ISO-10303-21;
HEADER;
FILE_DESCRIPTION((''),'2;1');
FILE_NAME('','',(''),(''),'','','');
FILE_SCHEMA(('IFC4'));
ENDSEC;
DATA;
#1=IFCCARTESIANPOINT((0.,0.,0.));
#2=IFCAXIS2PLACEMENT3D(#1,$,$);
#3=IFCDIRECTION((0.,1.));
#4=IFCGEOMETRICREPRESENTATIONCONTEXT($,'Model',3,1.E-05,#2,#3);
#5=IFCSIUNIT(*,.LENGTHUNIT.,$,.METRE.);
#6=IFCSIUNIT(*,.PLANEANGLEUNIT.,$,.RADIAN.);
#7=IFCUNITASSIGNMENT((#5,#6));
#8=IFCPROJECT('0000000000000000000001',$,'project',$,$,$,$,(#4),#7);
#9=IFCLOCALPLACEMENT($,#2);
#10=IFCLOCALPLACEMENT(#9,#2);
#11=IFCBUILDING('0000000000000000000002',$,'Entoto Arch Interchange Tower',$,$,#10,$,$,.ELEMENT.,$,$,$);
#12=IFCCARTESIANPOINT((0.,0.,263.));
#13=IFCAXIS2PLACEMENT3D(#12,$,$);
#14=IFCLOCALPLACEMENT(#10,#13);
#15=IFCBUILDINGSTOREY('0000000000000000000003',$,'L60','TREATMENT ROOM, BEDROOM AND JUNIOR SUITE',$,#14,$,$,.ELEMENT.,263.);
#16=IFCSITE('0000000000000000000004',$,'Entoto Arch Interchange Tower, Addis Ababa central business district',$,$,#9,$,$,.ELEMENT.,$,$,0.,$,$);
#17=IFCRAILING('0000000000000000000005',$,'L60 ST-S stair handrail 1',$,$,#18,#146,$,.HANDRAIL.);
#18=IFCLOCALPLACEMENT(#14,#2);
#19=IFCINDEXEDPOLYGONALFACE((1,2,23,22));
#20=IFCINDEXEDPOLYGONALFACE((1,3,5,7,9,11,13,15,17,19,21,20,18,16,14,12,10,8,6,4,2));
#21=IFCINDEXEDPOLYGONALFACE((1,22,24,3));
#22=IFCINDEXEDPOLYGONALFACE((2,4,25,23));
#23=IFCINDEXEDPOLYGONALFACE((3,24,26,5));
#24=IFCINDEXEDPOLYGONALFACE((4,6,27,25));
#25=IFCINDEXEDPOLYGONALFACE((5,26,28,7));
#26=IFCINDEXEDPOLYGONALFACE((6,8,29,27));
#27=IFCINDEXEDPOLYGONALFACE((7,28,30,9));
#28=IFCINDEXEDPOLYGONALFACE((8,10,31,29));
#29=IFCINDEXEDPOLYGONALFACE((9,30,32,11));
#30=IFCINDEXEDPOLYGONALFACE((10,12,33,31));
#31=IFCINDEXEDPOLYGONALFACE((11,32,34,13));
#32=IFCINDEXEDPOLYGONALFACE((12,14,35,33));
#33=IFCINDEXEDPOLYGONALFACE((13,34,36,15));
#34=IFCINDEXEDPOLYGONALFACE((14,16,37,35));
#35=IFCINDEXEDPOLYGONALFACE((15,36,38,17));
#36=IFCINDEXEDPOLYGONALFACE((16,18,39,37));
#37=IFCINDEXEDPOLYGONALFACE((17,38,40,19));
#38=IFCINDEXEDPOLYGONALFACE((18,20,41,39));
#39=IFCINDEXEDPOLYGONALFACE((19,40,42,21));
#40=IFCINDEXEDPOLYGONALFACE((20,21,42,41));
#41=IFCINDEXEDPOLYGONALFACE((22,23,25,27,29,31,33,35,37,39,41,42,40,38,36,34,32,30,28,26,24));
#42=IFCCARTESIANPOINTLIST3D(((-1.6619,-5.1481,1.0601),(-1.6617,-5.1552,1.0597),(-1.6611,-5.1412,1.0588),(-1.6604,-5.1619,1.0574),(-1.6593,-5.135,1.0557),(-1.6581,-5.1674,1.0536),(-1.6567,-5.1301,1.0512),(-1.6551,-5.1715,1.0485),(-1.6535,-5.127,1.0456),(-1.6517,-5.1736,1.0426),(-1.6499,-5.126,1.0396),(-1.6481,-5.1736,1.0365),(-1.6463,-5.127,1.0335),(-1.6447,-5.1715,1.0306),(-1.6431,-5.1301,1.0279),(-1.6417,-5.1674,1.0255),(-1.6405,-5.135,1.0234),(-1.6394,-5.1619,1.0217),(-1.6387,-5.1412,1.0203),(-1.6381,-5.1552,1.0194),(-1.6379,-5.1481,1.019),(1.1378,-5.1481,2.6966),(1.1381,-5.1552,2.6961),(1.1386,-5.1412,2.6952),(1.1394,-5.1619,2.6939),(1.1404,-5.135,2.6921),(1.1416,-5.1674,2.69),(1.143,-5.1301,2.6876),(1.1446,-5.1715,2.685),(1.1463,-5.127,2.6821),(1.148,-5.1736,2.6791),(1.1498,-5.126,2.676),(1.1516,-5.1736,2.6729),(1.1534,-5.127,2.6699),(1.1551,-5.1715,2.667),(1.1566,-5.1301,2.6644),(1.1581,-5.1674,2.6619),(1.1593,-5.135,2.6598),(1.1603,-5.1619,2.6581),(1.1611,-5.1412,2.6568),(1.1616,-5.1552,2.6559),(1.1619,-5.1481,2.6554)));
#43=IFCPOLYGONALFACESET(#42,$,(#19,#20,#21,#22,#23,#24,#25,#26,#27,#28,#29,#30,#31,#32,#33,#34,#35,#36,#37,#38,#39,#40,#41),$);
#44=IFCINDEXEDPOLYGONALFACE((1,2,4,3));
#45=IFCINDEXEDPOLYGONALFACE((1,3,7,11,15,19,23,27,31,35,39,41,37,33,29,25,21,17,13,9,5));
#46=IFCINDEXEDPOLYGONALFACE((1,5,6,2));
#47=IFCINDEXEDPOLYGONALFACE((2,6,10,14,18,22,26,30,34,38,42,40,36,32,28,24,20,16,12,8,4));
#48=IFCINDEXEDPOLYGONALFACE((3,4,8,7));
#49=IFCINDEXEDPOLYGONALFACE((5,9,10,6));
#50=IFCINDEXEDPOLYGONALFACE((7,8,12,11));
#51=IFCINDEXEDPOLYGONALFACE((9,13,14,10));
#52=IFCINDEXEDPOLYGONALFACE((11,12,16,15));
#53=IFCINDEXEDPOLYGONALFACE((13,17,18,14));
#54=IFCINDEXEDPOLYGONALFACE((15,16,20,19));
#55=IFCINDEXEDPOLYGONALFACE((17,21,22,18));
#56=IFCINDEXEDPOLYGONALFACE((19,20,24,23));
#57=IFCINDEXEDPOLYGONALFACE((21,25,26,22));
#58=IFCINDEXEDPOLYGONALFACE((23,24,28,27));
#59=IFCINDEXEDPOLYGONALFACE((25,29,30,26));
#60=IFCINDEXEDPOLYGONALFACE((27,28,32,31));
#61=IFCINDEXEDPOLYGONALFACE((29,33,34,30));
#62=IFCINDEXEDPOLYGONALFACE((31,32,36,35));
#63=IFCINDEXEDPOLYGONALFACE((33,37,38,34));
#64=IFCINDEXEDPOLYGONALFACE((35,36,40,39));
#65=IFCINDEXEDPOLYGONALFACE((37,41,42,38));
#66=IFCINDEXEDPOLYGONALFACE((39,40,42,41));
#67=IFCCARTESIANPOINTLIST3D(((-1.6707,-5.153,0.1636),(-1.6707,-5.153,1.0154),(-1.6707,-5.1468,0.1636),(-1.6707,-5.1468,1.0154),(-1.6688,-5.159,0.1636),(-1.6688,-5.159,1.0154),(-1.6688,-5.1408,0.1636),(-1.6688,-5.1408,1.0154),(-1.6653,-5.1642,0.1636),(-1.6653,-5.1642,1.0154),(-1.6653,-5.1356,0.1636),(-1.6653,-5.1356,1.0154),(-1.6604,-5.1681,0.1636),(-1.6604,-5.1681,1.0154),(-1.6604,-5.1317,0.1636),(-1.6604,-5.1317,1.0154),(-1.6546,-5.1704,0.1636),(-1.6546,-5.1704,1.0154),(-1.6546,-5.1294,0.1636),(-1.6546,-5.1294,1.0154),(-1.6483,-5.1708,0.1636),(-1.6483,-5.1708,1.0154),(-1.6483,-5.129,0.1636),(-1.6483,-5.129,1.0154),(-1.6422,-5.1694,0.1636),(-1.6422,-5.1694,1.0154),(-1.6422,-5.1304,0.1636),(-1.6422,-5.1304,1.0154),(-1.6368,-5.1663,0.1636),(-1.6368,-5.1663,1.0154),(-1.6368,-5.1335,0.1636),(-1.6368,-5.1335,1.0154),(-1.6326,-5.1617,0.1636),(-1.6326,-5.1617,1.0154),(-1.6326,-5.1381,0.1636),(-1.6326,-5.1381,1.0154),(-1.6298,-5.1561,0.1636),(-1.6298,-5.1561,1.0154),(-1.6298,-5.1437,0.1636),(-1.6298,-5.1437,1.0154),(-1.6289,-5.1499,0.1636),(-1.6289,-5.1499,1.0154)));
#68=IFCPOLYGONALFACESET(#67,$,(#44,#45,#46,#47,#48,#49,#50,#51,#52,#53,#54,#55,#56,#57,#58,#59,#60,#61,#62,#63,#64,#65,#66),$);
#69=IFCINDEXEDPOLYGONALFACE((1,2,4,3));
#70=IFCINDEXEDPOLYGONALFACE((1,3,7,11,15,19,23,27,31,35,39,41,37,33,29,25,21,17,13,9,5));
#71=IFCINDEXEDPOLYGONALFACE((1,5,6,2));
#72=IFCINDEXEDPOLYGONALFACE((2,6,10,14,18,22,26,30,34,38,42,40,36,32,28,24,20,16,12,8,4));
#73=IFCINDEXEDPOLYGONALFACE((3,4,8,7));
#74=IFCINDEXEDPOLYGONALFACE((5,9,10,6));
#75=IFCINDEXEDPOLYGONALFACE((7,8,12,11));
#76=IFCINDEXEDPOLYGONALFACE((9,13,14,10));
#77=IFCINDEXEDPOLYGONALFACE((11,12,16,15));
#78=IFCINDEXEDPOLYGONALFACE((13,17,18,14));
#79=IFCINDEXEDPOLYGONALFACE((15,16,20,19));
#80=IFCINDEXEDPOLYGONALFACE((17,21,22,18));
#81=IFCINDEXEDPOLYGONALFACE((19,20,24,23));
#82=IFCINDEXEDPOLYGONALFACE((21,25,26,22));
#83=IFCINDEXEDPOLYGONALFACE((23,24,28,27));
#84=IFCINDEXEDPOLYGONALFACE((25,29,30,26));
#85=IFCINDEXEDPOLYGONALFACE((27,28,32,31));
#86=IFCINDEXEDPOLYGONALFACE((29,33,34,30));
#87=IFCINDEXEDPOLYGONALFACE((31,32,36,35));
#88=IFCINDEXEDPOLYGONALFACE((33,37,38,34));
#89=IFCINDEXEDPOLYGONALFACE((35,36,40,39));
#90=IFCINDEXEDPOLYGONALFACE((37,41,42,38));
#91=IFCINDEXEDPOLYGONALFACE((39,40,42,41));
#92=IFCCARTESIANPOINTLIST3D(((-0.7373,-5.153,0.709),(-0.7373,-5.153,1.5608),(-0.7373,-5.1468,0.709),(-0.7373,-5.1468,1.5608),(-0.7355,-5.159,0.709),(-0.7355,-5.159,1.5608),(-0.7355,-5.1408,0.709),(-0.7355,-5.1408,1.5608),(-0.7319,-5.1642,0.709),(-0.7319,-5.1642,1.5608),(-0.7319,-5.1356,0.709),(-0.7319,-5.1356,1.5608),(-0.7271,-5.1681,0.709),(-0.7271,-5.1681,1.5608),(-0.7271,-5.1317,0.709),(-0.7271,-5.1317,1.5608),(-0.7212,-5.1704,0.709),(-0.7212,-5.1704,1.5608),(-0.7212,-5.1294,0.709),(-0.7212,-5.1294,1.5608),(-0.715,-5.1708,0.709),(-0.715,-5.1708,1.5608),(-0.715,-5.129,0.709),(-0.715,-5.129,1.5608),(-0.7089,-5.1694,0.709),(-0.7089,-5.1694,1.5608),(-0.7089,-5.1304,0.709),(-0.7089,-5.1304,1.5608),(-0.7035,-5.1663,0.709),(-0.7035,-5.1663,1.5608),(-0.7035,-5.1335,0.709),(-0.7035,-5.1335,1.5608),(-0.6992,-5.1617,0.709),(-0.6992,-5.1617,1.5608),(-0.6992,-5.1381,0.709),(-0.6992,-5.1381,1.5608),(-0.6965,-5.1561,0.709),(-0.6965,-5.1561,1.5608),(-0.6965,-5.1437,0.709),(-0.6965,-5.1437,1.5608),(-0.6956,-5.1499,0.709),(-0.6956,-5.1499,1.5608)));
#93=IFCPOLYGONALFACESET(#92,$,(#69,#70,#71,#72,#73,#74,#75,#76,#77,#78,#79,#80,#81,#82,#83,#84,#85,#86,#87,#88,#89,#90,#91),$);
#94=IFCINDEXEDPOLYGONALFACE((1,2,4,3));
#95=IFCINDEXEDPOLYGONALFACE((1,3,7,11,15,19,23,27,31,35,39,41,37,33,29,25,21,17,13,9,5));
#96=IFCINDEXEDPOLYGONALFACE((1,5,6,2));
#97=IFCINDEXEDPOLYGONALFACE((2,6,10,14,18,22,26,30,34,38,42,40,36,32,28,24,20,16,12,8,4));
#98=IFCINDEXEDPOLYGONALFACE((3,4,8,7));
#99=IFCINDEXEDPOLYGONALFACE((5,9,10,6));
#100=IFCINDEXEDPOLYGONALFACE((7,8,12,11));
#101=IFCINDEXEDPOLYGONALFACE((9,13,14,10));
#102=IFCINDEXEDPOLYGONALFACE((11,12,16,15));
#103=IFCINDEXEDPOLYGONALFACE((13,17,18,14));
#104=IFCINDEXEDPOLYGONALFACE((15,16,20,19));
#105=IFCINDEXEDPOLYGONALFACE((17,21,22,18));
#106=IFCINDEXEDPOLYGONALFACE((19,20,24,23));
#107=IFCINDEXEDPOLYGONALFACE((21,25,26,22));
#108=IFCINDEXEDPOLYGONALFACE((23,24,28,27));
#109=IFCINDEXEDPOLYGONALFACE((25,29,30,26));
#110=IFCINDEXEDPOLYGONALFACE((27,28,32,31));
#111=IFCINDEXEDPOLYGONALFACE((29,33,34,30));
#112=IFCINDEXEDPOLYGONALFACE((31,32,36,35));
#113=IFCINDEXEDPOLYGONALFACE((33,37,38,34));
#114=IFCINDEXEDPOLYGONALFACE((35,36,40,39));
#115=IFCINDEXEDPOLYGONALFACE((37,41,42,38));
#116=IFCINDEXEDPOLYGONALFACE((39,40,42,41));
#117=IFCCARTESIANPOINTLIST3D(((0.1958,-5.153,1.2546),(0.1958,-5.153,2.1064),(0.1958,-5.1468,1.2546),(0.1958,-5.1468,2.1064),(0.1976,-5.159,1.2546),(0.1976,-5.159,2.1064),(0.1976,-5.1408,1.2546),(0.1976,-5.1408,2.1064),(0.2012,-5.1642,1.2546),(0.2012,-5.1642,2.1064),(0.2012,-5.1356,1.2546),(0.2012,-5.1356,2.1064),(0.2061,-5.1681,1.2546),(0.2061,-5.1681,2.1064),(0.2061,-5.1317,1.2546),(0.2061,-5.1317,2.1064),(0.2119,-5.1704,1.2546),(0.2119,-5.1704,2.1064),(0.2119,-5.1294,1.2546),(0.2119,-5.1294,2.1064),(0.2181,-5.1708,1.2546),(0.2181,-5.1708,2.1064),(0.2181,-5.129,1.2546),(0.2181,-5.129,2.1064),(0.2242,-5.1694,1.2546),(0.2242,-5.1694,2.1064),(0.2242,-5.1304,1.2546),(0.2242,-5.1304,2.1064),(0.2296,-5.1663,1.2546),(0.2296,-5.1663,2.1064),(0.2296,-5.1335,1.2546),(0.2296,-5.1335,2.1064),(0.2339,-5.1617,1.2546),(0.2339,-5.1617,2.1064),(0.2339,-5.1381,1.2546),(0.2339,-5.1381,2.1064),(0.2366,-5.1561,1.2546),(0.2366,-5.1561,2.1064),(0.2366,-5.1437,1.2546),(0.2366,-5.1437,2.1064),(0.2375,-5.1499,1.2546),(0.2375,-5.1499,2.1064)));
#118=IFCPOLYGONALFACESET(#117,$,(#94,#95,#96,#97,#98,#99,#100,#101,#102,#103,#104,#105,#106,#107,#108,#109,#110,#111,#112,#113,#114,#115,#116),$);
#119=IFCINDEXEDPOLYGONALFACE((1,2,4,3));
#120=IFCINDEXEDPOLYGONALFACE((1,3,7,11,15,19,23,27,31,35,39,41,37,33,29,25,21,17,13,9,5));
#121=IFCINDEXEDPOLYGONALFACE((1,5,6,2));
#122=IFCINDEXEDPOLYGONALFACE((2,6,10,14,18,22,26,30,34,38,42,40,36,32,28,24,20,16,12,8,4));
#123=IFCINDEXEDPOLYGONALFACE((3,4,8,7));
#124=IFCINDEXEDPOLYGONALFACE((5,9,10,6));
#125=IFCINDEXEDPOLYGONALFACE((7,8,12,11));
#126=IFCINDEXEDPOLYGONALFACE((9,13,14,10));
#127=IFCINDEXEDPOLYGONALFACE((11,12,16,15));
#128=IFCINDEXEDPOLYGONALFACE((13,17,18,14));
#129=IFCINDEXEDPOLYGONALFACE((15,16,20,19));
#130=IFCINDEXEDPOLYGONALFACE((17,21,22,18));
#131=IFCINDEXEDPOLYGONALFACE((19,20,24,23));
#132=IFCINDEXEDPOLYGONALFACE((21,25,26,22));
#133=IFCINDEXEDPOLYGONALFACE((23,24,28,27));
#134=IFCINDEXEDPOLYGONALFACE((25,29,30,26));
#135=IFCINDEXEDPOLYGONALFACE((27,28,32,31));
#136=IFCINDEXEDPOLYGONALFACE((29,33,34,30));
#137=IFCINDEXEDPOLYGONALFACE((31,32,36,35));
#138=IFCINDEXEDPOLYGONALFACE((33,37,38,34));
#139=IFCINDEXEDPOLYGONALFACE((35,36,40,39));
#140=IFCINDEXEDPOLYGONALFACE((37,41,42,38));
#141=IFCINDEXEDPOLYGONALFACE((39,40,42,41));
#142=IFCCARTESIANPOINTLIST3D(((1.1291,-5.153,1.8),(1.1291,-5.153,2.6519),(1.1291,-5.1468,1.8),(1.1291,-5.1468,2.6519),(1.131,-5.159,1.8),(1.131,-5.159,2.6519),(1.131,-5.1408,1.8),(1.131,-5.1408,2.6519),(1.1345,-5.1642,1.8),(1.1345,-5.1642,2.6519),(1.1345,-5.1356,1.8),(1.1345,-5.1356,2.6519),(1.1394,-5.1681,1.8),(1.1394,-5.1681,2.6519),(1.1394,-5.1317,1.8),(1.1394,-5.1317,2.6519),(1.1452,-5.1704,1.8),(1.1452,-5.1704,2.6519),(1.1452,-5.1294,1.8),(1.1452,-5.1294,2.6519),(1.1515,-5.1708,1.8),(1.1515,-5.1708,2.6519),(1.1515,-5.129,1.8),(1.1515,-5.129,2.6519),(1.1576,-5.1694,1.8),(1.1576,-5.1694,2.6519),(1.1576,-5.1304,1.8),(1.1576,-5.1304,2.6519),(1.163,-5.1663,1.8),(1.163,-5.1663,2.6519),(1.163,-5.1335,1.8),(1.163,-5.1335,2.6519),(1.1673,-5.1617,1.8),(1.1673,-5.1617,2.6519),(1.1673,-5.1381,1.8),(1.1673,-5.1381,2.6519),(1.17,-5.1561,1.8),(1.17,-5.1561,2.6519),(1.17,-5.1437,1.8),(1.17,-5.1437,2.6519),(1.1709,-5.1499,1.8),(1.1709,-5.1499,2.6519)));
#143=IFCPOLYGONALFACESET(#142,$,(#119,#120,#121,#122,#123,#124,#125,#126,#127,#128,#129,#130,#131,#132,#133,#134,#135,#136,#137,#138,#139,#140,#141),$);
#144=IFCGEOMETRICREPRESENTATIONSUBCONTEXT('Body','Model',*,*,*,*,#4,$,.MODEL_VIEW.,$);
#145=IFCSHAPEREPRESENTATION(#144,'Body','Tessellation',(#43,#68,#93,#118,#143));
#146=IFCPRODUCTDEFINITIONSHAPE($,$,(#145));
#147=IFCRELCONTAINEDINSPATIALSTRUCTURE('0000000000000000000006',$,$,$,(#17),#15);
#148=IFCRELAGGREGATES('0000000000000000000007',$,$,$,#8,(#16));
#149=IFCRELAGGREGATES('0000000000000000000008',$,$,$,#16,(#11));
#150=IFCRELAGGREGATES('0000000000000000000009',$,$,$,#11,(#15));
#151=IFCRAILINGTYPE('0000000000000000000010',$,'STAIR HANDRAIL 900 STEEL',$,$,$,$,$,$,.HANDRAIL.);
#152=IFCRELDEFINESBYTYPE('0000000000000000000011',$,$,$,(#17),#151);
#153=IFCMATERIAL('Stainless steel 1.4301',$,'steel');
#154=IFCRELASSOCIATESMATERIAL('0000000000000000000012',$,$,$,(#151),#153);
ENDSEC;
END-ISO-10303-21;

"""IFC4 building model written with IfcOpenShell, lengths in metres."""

from ifc_helpers import new_model, si_unit, direction, frame, origin, origin_2d, place, context, subcontext, project, spatial, circle, extrude, material, type_object, element, save


model = new_model("IFC4")

# Units and contexts
model_context = context("Model", 3, precision=1e-05, world=origin(), true_north=direction((0.0, 1.0)))
body_context = subcontext(model_context, "Body", "Model", "MODEL_VIEW")
ifc_project = project(units=[si_unit("LENGTHUNIT", "METRE"), si_unit("PLANEANGLEUNIT", "RADIAN")], contexts=[model_context])

# Site, building, storey
site_placement = place(None, origin())
site = spatial("IfcSite", under=ifc_project, at=site_placement, Name="Entoto Arch Interchange Tower, Addis Ababa central business district", CompositionType="ELEMENT", RefElevation=0.0)
building_placement = place(site_placement, origin())
building = spatial("IfcBuilding", under=site, at=building_placement, Name="Entoto Arch Interchange Tower", CompositionType="ELEMENT")
storey_placement = place(building_placement, frame((0.0, 0.0, 263.0)))
storey = spatial("IfcBuildingStorey", under=building, at=storey_placement, Name="L60", Description="TREATMENT ROOM, BEDROOM AND JUNIOR SUITE", CompositionType="ELEMENT", Elevation=263.0)

# Railing
ifc_material_1 = material(Name="Stainless steel 1.4301", Category="steel")
railing_type_1 = type_object("IfcRailingType", Name="STAIR HANDRAIL 900 STEEL", PredefinedType="HANDRAIL", material=ifc_material_1)
railing_1_placement = place(storey_placement, frame((-1.6499, -5.1499, 0.1636)))
element("IfcRailing", 1, at=railing_1_placement, inside=storey, type_object=railing_type_1, Name="L60 ST-S stair handrail 1", PredefinedType="HANDRAIL", context=body_context, shape_type="SweptSolid", body=[
    extrude(circle(Radius=0.0239, at=origin_2d()), frame((0.0, 0.0, 0.876), z_axis=(0.863342, 0.0, 0.50462), x_axis=(0.0, 1.0, 0.0)), (0.0, 0.0, 1.0), 3.2429),
    extrude(circle(Radius=0.021, at=origin_2d()), origin(), (0.0, 0.0, 1.0), 0.8518),
    extrude(circle(Radius=0.021, at=origin_2d()), frame((0.9333, 0.0, 0.5454)), (0.0, 0.0, 1.0), 0.8518),
    extrude(circle(Radius=0.021, at=origin_2d()), frame((1.8665, 0.0, 1.0911)), (0.0, 0.0, 1.0), 0.8518),
    extrude(circle(Radius=0.021, at=origin_2d()), frame((2.7998, 0.0, 1.6365)), (0.0, 0.0, 1.0), 0.8518),
])

save(model, "model.ifc")
